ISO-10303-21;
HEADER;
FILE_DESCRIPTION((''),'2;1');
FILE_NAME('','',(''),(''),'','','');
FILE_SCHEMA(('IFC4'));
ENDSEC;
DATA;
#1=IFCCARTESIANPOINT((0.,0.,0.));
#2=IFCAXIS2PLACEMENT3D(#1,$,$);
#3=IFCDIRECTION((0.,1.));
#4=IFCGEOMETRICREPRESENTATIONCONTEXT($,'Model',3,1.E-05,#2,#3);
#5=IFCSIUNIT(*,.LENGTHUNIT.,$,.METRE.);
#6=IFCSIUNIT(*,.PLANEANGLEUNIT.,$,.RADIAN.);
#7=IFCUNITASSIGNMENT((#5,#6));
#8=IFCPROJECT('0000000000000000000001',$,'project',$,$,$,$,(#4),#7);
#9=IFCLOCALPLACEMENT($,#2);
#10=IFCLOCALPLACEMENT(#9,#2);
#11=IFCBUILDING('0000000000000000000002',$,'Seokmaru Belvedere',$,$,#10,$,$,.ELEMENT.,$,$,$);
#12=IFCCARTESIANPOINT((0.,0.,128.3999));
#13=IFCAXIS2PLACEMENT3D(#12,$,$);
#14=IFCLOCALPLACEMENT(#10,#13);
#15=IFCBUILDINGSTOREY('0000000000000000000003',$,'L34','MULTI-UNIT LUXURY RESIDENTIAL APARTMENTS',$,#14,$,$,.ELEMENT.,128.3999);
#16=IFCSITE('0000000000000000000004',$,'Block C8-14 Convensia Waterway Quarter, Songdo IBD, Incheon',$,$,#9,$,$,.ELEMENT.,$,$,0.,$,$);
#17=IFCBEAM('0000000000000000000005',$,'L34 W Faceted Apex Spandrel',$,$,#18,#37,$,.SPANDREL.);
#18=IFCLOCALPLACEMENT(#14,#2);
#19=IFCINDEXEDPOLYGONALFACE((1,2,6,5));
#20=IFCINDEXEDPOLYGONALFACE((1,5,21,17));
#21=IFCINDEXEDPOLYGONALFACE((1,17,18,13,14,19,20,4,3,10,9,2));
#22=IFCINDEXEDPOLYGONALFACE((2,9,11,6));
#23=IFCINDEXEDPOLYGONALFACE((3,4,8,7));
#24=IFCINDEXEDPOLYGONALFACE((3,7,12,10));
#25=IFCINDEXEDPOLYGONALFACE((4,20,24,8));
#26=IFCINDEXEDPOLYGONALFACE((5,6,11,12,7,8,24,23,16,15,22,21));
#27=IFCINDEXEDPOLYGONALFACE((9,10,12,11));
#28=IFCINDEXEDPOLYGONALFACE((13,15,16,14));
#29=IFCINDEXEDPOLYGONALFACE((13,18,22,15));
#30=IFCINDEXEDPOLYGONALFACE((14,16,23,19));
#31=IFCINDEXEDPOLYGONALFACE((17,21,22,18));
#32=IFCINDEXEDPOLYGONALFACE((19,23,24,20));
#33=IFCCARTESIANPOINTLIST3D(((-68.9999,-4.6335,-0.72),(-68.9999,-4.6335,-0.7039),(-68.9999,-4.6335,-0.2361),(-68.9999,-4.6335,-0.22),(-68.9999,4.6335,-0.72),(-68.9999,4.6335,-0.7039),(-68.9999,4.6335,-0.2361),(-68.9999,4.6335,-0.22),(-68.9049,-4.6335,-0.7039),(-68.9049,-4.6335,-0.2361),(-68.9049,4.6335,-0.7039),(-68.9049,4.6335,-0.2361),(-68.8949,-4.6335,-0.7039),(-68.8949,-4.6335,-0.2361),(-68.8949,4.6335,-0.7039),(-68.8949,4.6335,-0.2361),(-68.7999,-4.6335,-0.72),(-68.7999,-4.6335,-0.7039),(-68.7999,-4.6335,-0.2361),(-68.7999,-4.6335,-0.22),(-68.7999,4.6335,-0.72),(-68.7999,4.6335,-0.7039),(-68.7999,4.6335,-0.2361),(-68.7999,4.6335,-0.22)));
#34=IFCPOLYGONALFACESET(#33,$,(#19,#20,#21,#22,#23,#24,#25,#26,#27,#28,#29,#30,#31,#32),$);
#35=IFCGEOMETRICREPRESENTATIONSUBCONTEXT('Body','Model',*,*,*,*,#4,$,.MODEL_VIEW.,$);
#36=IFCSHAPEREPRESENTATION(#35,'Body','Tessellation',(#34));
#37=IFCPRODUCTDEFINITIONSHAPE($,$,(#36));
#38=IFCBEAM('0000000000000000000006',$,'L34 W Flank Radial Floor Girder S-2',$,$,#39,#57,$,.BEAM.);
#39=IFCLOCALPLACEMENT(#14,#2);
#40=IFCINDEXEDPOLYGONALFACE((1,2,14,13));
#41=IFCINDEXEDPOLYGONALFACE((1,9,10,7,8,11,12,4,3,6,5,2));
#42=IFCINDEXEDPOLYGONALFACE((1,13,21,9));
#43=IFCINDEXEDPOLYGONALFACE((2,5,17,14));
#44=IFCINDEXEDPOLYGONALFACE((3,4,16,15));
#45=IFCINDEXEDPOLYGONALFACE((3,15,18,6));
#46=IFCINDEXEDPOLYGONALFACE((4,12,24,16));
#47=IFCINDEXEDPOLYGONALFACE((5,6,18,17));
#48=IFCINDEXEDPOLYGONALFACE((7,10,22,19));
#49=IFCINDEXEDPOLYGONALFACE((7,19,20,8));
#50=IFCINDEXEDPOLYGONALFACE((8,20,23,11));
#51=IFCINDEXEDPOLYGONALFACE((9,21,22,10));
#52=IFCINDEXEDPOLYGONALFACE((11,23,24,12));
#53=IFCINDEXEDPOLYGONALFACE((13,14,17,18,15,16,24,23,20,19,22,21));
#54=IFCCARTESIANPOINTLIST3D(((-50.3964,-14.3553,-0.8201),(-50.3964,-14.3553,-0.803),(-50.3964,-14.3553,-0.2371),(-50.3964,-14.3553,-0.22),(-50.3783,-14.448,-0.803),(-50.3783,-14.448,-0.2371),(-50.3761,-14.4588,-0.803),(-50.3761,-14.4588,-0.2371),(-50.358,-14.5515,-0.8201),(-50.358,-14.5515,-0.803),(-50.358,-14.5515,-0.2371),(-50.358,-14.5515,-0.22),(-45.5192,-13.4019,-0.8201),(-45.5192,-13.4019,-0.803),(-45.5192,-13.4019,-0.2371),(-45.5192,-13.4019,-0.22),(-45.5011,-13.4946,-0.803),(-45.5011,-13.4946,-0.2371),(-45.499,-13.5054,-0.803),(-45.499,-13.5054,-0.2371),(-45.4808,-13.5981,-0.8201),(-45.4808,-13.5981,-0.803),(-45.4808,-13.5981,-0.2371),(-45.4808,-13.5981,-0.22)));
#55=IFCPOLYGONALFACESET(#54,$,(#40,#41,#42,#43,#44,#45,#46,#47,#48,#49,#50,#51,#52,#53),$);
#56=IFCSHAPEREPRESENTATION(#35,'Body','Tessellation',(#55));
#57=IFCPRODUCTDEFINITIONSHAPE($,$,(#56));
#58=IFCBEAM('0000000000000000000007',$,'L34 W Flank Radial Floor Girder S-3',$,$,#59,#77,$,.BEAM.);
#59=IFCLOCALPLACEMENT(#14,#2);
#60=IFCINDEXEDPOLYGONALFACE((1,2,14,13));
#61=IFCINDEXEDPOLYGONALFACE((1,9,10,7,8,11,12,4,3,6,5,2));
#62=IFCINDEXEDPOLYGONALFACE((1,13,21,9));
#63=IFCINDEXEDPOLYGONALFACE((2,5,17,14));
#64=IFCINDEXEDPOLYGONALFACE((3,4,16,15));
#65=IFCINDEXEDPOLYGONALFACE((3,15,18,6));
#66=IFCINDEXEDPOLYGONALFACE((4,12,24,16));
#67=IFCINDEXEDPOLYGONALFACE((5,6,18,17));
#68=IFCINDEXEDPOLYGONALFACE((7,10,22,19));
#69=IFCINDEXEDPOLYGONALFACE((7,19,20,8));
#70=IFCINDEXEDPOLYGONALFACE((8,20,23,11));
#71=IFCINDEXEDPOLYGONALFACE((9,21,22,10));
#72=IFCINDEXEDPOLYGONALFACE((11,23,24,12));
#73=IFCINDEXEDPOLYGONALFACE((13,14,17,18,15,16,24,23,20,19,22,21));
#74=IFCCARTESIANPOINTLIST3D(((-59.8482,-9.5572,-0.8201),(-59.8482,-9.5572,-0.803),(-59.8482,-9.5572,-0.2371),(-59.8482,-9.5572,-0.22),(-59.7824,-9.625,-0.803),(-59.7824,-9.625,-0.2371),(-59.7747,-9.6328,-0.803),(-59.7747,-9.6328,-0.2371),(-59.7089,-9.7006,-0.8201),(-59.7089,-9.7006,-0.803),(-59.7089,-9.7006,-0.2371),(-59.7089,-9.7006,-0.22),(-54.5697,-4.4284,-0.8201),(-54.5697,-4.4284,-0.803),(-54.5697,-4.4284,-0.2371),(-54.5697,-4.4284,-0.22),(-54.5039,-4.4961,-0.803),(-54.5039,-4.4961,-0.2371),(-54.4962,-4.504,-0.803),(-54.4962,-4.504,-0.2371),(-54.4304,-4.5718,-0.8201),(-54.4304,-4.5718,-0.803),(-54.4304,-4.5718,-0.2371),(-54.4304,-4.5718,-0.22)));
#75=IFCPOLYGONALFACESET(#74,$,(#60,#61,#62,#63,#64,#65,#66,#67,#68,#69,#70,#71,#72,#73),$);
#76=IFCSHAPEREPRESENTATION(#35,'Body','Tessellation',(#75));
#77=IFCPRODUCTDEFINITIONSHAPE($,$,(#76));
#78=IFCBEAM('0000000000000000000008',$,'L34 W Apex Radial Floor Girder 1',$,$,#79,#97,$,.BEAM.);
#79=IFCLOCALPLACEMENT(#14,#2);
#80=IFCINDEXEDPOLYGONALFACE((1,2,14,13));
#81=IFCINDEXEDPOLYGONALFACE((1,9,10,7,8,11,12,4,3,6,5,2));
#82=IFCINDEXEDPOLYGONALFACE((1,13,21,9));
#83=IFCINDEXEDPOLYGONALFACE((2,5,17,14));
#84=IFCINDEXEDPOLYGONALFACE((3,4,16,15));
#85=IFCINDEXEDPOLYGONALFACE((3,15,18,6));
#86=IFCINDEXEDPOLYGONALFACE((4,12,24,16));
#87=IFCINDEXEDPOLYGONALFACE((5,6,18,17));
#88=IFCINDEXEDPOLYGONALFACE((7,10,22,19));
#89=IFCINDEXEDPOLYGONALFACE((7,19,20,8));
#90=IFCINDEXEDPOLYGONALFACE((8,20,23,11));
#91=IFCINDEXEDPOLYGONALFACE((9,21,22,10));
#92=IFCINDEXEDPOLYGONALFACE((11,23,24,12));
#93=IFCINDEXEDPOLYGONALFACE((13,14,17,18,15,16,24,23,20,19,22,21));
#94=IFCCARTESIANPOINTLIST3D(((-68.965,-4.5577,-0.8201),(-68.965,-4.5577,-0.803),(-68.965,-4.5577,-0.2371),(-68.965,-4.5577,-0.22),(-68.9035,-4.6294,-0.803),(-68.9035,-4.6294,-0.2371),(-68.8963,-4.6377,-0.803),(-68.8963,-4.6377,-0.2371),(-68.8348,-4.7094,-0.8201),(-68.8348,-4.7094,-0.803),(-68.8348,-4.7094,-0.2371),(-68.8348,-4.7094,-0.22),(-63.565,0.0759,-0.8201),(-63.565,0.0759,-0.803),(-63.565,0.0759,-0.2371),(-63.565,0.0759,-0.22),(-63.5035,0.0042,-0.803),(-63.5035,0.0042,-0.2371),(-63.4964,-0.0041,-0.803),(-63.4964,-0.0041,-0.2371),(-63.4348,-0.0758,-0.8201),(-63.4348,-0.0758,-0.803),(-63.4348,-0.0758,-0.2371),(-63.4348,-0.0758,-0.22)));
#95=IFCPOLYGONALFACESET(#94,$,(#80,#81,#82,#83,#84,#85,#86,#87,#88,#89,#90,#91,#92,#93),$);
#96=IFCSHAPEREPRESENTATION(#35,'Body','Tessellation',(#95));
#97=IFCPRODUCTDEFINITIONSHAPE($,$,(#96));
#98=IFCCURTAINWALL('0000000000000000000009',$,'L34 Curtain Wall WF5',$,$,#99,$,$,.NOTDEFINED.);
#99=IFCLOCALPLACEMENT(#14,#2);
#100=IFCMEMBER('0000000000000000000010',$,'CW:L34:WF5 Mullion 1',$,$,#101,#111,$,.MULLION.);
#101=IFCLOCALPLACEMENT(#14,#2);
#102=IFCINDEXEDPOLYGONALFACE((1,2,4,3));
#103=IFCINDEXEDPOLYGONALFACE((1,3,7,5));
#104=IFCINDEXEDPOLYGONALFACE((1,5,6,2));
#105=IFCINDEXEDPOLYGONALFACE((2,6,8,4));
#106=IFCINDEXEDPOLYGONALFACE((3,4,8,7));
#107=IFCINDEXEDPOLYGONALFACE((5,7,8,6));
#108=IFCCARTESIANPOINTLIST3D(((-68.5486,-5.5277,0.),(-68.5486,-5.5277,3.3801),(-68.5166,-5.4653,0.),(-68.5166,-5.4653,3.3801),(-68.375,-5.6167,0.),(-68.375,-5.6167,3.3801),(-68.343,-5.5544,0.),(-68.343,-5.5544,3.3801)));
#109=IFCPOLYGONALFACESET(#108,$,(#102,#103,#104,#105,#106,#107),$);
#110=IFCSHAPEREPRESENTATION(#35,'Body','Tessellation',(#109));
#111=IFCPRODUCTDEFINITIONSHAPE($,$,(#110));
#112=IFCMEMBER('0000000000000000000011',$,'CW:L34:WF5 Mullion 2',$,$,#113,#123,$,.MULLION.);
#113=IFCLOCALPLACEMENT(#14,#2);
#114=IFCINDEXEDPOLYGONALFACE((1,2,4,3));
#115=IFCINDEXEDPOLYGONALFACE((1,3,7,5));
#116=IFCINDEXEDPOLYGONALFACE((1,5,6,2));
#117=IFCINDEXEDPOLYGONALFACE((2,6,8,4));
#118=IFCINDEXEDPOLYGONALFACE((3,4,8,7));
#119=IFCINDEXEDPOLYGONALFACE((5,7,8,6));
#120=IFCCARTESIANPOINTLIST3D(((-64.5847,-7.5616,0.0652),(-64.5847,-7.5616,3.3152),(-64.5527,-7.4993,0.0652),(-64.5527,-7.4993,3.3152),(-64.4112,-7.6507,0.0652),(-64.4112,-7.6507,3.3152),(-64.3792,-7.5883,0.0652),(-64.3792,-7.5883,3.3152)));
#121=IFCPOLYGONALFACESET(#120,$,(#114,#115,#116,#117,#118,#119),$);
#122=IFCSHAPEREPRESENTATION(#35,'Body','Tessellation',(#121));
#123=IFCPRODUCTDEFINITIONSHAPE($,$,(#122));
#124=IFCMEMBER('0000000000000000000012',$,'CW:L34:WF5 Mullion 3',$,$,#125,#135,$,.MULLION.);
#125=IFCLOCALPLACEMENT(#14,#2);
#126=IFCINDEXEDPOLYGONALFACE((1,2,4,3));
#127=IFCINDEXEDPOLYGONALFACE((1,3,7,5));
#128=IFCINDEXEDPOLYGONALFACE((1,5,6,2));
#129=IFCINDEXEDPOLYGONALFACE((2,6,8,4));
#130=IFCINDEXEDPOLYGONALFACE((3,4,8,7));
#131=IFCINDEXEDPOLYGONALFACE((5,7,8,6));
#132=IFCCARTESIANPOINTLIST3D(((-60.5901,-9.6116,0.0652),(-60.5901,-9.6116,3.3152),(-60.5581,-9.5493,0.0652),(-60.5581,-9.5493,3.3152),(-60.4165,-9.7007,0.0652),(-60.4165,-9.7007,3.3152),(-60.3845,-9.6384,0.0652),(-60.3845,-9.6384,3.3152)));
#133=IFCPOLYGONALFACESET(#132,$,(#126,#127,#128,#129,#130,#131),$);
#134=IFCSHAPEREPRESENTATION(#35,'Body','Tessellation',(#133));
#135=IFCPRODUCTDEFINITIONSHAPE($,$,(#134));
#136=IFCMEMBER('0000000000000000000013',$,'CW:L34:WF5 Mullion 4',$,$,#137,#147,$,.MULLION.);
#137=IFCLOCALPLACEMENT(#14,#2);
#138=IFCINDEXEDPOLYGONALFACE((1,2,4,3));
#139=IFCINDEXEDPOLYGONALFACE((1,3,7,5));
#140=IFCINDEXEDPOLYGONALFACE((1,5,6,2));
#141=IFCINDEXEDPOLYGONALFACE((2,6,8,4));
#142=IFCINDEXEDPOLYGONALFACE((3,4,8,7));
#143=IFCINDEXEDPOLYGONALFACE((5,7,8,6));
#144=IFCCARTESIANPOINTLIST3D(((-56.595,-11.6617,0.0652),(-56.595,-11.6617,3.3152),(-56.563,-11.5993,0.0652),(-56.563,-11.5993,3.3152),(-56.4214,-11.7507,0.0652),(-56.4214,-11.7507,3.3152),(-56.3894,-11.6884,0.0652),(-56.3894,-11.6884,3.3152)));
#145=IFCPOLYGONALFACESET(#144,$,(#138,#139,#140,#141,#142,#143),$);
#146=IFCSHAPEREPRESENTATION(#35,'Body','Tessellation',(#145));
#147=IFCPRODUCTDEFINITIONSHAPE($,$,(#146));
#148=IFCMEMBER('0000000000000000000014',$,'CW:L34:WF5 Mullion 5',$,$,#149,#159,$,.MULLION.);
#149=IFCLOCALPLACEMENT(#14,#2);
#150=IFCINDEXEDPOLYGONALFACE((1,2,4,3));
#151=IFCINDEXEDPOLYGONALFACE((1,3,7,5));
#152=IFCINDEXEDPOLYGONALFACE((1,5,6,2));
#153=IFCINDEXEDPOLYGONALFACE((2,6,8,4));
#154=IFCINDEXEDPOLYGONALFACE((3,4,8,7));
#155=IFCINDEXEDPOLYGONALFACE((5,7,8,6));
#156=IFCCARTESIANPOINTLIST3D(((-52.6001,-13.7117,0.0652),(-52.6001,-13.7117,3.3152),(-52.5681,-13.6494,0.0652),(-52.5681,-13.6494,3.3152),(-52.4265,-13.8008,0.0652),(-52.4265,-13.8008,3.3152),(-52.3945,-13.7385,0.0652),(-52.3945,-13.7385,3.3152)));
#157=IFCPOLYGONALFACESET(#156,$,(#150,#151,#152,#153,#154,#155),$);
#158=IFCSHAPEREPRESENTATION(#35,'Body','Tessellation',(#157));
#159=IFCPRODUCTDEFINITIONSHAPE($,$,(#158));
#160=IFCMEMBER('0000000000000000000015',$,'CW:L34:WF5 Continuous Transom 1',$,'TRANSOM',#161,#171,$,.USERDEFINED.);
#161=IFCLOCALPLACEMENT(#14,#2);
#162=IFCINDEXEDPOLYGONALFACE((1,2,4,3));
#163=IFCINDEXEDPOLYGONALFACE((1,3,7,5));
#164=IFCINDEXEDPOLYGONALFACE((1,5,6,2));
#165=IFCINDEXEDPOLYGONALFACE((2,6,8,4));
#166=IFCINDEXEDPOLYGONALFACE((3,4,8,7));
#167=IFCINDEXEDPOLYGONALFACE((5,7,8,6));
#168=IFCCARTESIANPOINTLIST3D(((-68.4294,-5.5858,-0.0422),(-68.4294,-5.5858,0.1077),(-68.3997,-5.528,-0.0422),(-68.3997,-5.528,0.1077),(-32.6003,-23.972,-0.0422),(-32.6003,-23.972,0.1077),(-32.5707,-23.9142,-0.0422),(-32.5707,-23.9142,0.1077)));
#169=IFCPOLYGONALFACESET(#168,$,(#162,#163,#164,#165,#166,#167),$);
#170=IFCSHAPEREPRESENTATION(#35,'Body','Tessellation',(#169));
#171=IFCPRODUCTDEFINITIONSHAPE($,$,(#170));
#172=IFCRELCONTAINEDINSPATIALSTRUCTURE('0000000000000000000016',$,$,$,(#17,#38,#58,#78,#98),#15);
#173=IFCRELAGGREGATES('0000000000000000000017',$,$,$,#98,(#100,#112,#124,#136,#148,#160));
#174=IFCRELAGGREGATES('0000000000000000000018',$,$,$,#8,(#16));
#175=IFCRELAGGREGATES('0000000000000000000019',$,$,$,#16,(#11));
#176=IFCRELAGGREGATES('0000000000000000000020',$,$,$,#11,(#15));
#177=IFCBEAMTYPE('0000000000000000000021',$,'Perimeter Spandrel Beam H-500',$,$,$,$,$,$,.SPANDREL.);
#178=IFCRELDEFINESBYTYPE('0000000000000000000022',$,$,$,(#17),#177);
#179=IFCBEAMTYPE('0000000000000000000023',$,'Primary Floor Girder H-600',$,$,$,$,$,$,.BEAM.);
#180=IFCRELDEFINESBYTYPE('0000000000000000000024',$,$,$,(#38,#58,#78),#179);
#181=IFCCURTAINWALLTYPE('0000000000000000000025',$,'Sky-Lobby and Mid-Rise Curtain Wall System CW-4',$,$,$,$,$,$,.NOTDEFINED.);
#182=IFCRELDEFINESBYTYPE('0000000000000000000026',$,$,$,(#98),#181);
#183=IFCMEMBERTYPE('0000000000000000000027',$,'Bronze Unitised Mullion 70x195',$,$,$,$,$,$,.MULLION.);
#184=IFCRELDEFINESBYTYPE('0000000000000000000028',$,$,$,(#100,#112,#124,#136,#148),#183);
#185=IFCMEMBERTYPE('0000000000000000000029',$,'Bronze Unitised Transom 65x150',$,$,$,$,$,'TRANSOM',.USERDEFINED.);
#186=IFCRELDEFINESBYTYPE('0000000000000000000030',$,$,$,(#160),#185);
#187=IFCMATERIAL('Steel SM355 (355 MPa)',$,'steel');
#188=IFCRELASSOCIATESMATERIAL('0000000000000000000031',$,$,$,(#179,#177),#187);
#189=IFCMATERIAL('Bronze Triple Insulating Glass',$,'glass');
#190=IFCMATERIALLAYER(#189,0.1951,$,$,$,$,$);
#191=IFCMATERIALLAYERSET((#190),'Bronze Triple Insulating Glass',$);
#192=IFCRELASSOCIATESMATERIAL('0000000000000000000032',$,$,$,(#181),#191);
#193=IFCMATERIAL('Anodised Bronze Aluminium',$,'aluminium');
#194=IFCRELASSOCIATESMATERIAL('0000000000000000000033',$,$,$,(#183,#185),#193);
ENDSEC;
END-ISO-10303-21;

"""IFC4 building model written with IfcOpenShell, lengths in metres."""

from ifc_helpers import new_model, si_unit, direction, frame, origin, origin_2d, place, context, subcontext, project, spatial, rectangle, i_section, extrude, source, transform, mapped, material, layer, layer_set, material_profile, profile_set, type_object, type_shapes, element, aggregate, save


model = new_model("IFC4")

# Units and contexts
model_context = context("Model", 3, precision=1e-05, world=origin(), true_north=direction((0.0, 1.0)))
body_context = subcontext(model_context, "Body", "Model", "MODEL_VIEW")
ifc_project = project(units=[si_unit("LENGTHUNIT", "METRE"), si_unit("PLANEANGLEUNIT", "RADIAN")], contexts=[model_context])

# Site, building, storey
site_placement = place(None, origin())
site = spatial("IfcSite", under=ifc_project, at=site_placement, Name="Block C8-14 Convensia Waterway Quarter, Songdo IBD, Incheon", CompositionType="ELEMENT", RefElevation=0.0)
building_placement = place(site_placement, origin())
building = spatial("IfcBuilding", under=site, at=building_placement, Name="Seokmaru Belvedere", CompositionType="ELEMENT")
storey_placement = place(building_placement, frame((0.0, 0.0, 128.3999)))
storey = spatial("IfcBuildingStorey", under=building, at=storey_placement, Name="L34", Description="MULTI-UNIT LUXURY RESIDENTIAL APARTMENTS", CompositionType="ELEMENT", Elevation=128.3999)

# Shared definitions
ifc_material_1 = material(Name="Steel SM355 (355 MPa)", Category="steel")

# Beams
ifc_material_profile_1 = material_profile(ifc_material_1, i_section(OverallWidth=0.2, OverallDepth=0.6001, WebThickness=0.011, FlangeThickness=0.0171, at=origin_2d()), Name="H-600x200x11x17")
ifc_profile_set_1 = profile_set([ifc_material_profile_1], Name="Steel SM355 (355 MPa)")
beam_type_1 = type_object("IfcBeamType", Name="Primary Floor Girder H-600", PredefinedType="BEAM", material=ifc_profile_set_1)
ifc_material_profile_2 = material_profile(ifc_material_1, i_section(OverallWidth=0.2, OverallDepth=0.5, WebThickness=0.01, FlangeThickness=0.0161, at=origin_2d()), Name="H-500x200x10x16")
ifc_profile_set_2 = profile_set([ifc_material_profile_2], Name="Steel SM355 (355 MPa)")
beam_type_2 = type_object("IfcBeamType", Name="Perimeter Spandrel Beam H-500", PredefinedType="SPANDREL", material=ifc_profile_set_2)
shared_shape_1 = source(origin(), body_context, "Body", "SweptSolid", [
    extrude(i_section(OverallWidth=0.2, OverallDepth=0.5, WebThickness=0.01, FlangeThickness=0.0161, at=origin_2d()), origin(), (0.0, 0.0, 1.0), 9.2671),
])
beam_1_placement = place(storey_placement, frame((-68.8999, -4.6335, -0.47), z_axis=(0.0, 1.0, 0.0), x_axis=(-1.0, 0.0, 0.0)))
element("IfcBeam", 1, at=beam_1_placement, inside=storey, type_object=beam_type_2, Name="L34 W Faceted Apex Spandrel", PredefinedType="SPANDREL", context=body_context, shape_type="MappedRepresentation", body=[
    mapped(shared_shape_1, transform((0.0, 0.0, 0.0), scale=1.0)),
])
shared_shape_2 = source(origin(), body_context, "Body", "SweptSolid", [
    extrude(i_section(OverallWidth=0.2, OverallDepth=0.6001, WebThickness=0.011, FlangeThickness=0.0171, at=origin_2d()), origin(), (0.0, 0.0, 1.0), 4.9695),
])
beam_2_placement = place(storey_placement, frame((-50.3772, -14.4534, -0.52), z_axis=(0.981425, 0.191844, 0.0), x_axis=(-0.191844, 0.981425, 0.0)))
element("IfcBeam", 2, at=beam_2_placement, inside=storey, type_object=beam_type_1, Name="L34 W Flank Radial Floor Girder S-2", PredefinedType="BEAM", context=body_context, shape_type="MappedRepresentation", body=[
    mapped(shared_shape_2, transform((0.0, 0.0, 0.0), scale=1.0)),
])
shared_shape_3 = source(origin(), body_context, "Body", "SweptSolid", [
    extrude(i_section(OverallWidth=0.2, OverallDepth=0.6001, WebThickness=0.011, FlangeThickness=0.0171, at=origin_2d()), origin(), (0.0, 0.0, 1.0), 7.3599),
])
beam_3_placement = place(storey_placement, frame((-59.7786, -9.6289, -0.52), z_axis=(0.717201, 0.696867, 0.0), x_axis=(-0.696867, 0.717201, 0.0)))
element("IfcBeam", 3, at=beam_3_placement, inside=storey, type_object=beam_type_1, Name="L34 W Flank Radial Floor Girder S-3", PredefinedType="BEAM", context=body_context, shape_type="MappedRepresentation", body=[
    mapped(shared_shape_3, transform((0.0, 0.0, 0.0), scale=1.0)),
])
shared_shape_4 = source(origin(), body_context, "Body", "SweptSolid", [
    extrude(i_section(OverallWidth=0.2, OverallDepth=0.6001, WebThickness=0.011, FlangeThickness=0.0171, at=origin_2d()), origin(), (0.0, 0.0, 1.0), 7.1155),
])
beam_4_placement = place(storey_placement, frame((-68.8999, -4.6335, -0.52), z_axis=(0.758905, 0.651201, 0.0), x_axis=(-0.651201, 0.758905, 0.0)))
element("IfcBeam", 4, at=beam_4_placement, inside=storey, type_object=beam_type_1, Name="L34 W Apex Radial Floor Girder 1", PredefinedType="BEAM", context=body_context, shape_type="MappedRepresentation", body=[
    mapped(shared_shape_4, transform((0.0, 0.0, 0.0), scale=1.0)),
])

# Curtain wall, members
ifc_material_2 = material(Name="Bronze Triple Insulating Glass", Category="glass")
ifc_layer_1 = layer(ifc_material_2, 0.1951)
ifc_layer_set_1 = layer_set([ifc_layer_1], Name="Bronze Triple Insulating Glass")
curtain_wall_type = type_object("IfcCurtainWallType", Name="Sky-Lobby and Mid-Rise Curtain Wall System CW-4", PredefinedType="NOTDEFINED", material=ifc_layer_set_1)
curtain_wall_placement = place(storey_placement, origin())
curtain_wall = element("IfcCurtainWall", 5, at=curtain_wall_placement, inside=storey, type_object=curtain_wall_type, Name="L34 Curtain Wall WF5", PredefinedType="NOTDEFINED")
ifc_material_3 = material(Name="Anodised Bronze Aluminium", Category="aluminium")
ifc_material_profile_3 = material_profile(ifc_material_3, rectangle(XDim=0.0701, YDim=0.1951, at=origin_2d()), Name="CW-M-70x195")
ifc_profile_set_3 = profile_set([ifc_material_profile_3], Name="Anodised Bronze Aluminium")
member_type_1 = type_object("IfcMemberType", Name="Bronze Unitised Mullion 70x195", PredefinedType="MULLION", material=ifc_profile_set_3)
shared_shape_5 = source(origin(), body_context, "Body", "SweptSolid", [
    extrude(rectangle(XDim=0.0701, YDim=0.1951, at=origin_2d()), origin(), (0.0, 0.0, 1.0), 3.3801),
])
member_1_placement = place(storey_placement, frame((-68.4458, -5.541, 0.0), z_axis=(0.0, 0.0, 1.0), x_axis=(0.456555, 0.889695, 0.0)))
member_1 = element("IfcMember", 6, at=member_1_placement, type_object=member_type_1, Name="CW:L34:WF5 Mullion 1", PredefinedType="MULLION", context=body_context, shape_type="MappedRepresentation", body=[
    mapped(shared_shape_5, transform((0.0, 0.0, 0.0), scale=1.0)),
])
shared_shape_6 = source(origin(), body_context, "Body", "SweptSolid", [
    extrude(rectangle(XDim=0.0701, YDim=0.1951, at=origin_2d()), origin(), (0.0, 0.0, 1.0), 3.25),
])
type_shapes(member_type_1, [shared_shape_5, shared_shape_6])
member_2_placement = place(storey_placement, frame((-64.4819, -7.575, 0.0652), z_axis=(0.0, 0.0, 1.0), x_axis=(0.456555, 0.889695, 0.0)))
member_2 = element("IfcMember", 7, at=member_2_placement, type_object=member_type_1, Name="CW:L34:WF5 Mullion 2", PredefinedType="MULLION", context=body_context, shape_type="MappedRepresentation", body=[
    mapped(shared_shape_6, transform((0.0, 0.0, 0.0), scale=1.0)),
])
member_3_placement = place(storey_placement, frame((-60.4873, -9.625, 0.0652), z_axis=(0.0, 0.0, 1.0), x_axis=(0.456555, 0.889695, 0.0)))
member_3 = element("IfcMember", 8, at=member_3_placement, type_object=member_type_1, Name="CW:L34:WF5 Mullion 3", PredefinedType="MULLION", context=body_context, shape_type="MappedRepresentation", body=[
    mapped(shared_shape_6, transform((0.0, 0.0, 0.0), scale=1.0)),
])
member_4_placement = place(storey_placement, frame((-56.4922, -11.675, 0.0652), z_axis=(0.0, 0.0, 1.0), x_axis=(0.456555, 0.889695, 0.0)))
member_4 = element("IfcMember", 9, at=member_4_placement, type_object=member_type_1, Name="CW:L34:WF5 Mullion 4", PredefinedType="MULLION", context=body_context, shape_type="MappedRepresentation", body=[
    mapped(shared_shape_6, transform((0.0, 0.0, 0.0), scale=1.0)),
])
member_5_placement = place(storey_placement, frame((-52.4973, -13.7251, 0.0652), z_axis=(0.0, 0.0, 1.0), x_axis=(0.456555, 0.889695, 0.0)))
member_5 = element("IfcMember", 10, at=member_5_placement, type_object=member_type_1, Name="CW:L34:WF5 Mullion 5", PredefinedType="MULLION", context=body_context, shape_type="MappedRepresentation", body=[
    mapped(shared_shape_6, transform((0.0, 0.0, 0.0), scale=1.0)),
])
ifc_material_profile_4 = material_profile(ifc_material_3, rectangle(XDim=0.0649, YDim=0.1499, at=origin_2d()), Name="CW-T-65x150")
ifc_profile_set_4 = profile_set([ifc_material_profile_4], Name="Anodised Bronze Aluminium")
member_type_2 = type_object("IfcMemberType", Name="Bronze Unitised Transom 65x150", ElementType="TRANSOM", PredefinedType="USERDEFINED", material=ifc_profile_set_4)
shared_shape_7 = source(origin(), body_context, "Body", "SweptSolid", [
    extrude(rectangle(XDim=0.0649, YDim=0.1499, at=origin_2d()), origin(), (0.0, 0.0, 1.0), 40.2712),
])
type_shapes(member_type_2, [shared_shape_7])
member_6_placement = place(storey_placement, frame((-68.4146, -5.5569, 0.0327), z_axis=(0.889693, -0.456559, 0.0), x_axis=(0.456559, 0.889693, 0.0)))
member_6 = element("IfcMember", 11, at=member_6_placement, type_object=member_type_2, Name="CW:L34:WF5 Continuous Transom 1", ObjectType="TRANSOM", PredefinedType="USERDEFINED", context=body_context, shape_type="MappedRepresentation", body=[
    mapped(shared_shape_7, transform((0.0, 0.0, 0.0), scale=1.0)),
])
aggregate(curtain_wall, [member_1, member_2, member_3, member_4, member_5, member_6])

save(model, "model.ifc")
